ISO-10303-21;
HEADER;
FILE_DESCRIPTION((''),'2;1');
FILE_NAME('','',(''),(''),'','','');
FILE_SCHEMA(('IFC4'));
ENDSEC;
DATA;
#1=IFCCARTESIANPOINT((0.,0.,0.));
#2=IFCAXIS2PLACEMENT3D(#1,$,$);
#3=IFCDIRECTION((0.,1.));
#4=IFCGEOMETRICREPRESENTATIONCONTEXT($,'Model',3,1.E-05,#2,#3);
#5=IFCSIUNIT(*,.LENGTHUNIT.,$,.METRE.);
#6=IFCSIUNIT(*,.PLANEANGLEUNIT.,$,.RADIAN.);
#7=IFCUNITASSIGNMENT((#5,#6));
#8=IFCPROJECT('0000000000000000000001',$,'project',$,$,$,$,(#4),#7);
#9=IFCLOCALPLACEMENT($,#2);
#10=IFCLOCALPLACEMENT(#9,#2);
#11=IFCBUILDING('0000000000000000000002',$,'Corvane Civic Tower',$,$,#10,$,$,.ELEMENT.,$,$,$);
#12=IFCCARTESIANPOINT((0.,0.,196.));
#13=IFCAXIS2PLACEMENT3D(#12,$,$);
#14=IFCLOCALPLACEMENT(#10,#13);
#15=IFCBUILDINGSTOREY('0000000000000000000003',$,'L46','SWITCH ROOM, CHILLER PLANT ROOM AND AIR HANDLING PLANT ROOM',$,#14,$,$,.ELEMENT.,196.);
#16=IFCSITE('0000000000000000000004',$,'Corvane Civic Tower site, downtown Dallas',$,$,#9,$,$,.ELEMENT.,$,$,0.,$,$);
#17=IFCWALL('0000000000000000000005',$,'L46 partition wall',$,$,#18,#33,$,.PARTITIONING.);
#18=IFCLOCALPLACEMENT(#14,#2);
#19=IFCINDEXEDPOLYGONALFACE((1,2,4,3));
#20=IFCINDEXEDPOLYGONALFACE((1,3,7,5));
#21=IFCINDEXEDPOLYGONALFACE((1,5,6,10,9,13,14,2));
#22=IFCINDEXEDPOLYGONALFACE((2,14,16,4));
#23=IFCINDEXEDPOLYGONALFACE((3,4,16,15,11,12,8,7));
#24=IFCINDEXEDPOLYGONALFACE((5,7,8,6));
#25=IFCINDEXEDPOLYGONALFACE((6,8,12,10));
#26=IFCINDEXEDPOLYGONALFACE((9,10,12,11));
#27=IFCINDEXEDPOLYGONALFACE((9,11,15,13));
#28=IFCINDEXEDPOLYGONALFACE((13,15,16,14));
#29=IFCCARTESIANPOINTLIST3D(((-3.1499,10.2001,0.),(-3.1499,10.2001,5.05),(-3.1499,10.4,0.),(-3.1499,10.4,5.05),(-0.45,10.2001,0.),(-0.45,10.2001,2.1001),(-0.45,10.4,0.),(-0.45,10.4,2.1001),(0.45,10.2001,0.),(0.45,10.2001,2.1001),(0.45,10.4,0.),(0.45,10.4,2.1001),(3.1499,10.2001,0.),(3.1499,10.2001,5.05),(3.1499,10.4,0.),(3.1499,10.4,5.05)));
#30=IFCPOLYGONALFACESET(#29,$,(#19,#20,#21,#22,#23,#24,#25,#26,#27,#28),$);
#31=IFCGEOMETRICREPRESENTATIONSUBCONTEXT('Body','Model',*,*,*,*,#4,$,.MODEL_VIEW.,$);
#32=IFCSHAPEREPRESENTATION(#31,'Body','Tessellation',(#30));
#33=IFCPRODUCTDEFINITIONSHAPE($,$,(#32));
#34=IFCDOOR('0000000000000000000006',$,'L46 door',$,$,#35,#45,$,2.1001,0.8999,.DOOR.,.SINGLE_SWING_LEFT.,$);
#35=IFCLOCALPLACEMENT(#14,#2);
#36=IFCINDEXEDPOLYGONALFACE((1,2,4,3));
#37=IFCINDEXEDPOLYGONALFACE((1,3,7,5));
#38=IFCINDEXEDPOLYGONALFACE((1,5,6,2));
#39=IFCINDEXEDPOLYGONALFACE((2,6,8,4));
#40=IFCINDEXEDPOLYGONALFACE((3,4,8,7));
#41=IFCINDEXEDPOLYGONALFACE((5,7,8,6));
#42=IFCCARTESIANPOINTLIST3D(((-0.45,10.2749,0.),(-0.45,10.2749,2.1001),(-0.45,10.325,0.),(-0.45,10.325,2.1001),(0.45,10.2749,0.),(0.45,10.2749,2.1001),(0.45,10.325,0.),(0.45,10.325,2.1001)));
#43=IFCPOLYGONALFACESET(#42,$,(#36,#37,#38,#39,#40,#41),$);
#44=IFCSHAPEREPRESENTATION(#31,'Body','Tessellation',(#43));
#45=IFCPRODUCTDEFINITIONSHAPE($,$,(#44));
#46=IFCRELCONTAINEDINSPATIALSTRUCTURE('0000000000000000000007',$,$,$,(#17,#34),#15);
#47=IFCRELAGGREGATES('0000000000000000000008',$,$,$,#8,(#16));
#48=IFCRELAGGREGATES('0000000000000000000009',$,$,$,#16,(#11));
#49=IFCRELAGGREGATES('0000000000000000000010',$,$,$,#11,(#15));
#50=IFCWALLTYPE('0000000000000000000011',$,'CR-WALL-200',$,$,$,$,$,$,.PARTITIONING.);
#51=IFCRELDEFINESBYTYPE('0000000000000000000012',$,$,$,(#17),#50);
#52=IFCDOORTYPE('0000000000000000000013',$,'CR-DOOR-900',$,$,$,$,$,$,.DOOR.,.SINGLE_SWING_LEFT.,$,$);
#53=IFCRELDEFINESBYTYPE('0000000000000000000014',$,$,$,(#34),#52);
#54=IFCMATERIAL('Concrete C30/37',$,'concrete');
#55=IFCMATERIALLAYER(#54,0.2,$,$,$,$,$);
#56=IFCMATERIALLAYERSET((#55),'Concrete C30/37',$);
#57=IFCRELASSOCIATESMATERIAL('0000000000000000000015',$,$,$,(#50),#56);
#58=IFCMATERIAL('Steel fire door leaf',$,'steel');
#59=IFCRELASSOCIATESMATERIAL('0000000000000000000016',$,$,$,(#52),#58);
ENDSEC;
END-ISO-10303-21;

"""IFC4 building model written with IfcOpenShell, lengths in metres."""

from ifc_helpers import new_model, si_unit, direction, frame, frame_2d, origin, place, context, subcontext, project, spatial, rectangle, extrude, material, layer, layer_set, type_object, element, fill, save


model = new_model("IFC4")

# Units and contexts
model_context = context("Model", 3, precision=1e-05, world=origin(), true_north=direction((0.0, 1.0)))
body_context = subcontext(model_context, "Body", "Model", "MODEL_VIEW")
ifc_project = project(units=[si_unit("LENGTHUNIT", "METRE"), si_unit("PLANEANGLEUNIT", "RADIAN")], contexts=[model_context])

# Site, building, storey
site_placement = place(None, origin())
site = spatial("IfcSite", under=ifc_project, at=site_placement, Name="Corvane Civic Tower site, downtown Dallas", CompositionType="ELEMENT", RefElevation=0.0)
building_placement = place(site_placement, origin())
building = spatial("IfcBuilding", under=site, at=building_placement, Name="Corvane Civic Tower", CompositionType="ELEMENT")
storey_placement = place(building_placement, frame((0.0, 0.0, 196.0)))
storey = spatial("IfcBuildingStorey", under=building, at=storey_placement, Name="L46", Description="SWITCH ROOM, CHILLER PLANT ROOM AND AIR HANDLING PLANT ROOM", CompositionType="ELEMENT", Elevation=196.0)

# Wall, opening, door
ifc_material_1 = material(Name="Concrete C30/37", Category="concrete")
ifc_layer_1 = layer(ifc_material_1, 0.2)
ifc_layer_set_1 = layer_set([ifc_layer_1], Name="Concrete C30/37")
wall_type = type_object("IfcWallType", Name="CR-WALL-200", PredefinedType="PARTITIONING", material=ifc_layer_set_1)
ifc_material_2 = material(Name="Steel fire door leaf", Category="steel")
door_type = type_object("IfcDoorType", Name="CR-DOOR-900", OperationType="SINGLE_SWING_LEFT", PredefinedType="DOOR", material=ifc_material_2)
wall_1_placement = place(storey_placement, frame((-3.1499, 10.3, 0.0), z_axis=(0.0, 0.0, 1.0), x_axis=(1.0, 0.0, 0.0)))
wall_1 = element("IfcWall", 1, at=wall_1_placement, inside=storey, type_object=wall_type, Name="L46 partition wall", PredefinedType="PARTITIONING", context=body_context, shape_type="SweptSolid", body=[
    extrude(rectangle(XDim=6.2998, YDim=0.2, at=frame_2d((3.1499, 0.0))), origin(), (0.0, 0.0, 1.0), 5.05),
])
opening_1_placement = place(wall_1_placement, frame((2.7, 0.0, 0.0)))
opening_1 = element("IfcOpeningElement", 2, at=opening_1_placement, cuts=wall_1, PredefinedType="OPENING", context=body_context, shape_type="SweptSolid", body=[
    extrude(rectangle(XDim=0.8999, YDim=2.1001, at=frame_2d((0.45, 1.05))), frame((0.0, 0.1099, 0.0), z_axis=(0.0, -1.0, 0.0), x_axis=(1.0, 0.0, 0.0)), (0.0, 0.0, 1.0), 0.22),
])
door_1_placement = place(opening_1_placement, origin())
door_1 = element("IfcDoor", 3, at=door_1_placement, inside=storey, type_object=door_type, Name="L46 door", OperationType="SINGLE_SWING_LEFT", OverallHeight=2.1001, OverallWidth=0.8999, PredefinedType="DOOR", context=body_context, shape_type="SweptSolid", body=[
    extrude(rectangle(XDim=0.8999, YDim=2.1001, at=frame_2d((0.45, 1.05))), frame((0.0, 0.0249, 0.0), z_axis=(0.0, -1.0, 0.0), x_axis=(1.0, 0.0, 0.0)), (0.0, 0.0, 1.0), 0.05),
])
fill(opening_1, door_1)

save(model, "model.ifc")
